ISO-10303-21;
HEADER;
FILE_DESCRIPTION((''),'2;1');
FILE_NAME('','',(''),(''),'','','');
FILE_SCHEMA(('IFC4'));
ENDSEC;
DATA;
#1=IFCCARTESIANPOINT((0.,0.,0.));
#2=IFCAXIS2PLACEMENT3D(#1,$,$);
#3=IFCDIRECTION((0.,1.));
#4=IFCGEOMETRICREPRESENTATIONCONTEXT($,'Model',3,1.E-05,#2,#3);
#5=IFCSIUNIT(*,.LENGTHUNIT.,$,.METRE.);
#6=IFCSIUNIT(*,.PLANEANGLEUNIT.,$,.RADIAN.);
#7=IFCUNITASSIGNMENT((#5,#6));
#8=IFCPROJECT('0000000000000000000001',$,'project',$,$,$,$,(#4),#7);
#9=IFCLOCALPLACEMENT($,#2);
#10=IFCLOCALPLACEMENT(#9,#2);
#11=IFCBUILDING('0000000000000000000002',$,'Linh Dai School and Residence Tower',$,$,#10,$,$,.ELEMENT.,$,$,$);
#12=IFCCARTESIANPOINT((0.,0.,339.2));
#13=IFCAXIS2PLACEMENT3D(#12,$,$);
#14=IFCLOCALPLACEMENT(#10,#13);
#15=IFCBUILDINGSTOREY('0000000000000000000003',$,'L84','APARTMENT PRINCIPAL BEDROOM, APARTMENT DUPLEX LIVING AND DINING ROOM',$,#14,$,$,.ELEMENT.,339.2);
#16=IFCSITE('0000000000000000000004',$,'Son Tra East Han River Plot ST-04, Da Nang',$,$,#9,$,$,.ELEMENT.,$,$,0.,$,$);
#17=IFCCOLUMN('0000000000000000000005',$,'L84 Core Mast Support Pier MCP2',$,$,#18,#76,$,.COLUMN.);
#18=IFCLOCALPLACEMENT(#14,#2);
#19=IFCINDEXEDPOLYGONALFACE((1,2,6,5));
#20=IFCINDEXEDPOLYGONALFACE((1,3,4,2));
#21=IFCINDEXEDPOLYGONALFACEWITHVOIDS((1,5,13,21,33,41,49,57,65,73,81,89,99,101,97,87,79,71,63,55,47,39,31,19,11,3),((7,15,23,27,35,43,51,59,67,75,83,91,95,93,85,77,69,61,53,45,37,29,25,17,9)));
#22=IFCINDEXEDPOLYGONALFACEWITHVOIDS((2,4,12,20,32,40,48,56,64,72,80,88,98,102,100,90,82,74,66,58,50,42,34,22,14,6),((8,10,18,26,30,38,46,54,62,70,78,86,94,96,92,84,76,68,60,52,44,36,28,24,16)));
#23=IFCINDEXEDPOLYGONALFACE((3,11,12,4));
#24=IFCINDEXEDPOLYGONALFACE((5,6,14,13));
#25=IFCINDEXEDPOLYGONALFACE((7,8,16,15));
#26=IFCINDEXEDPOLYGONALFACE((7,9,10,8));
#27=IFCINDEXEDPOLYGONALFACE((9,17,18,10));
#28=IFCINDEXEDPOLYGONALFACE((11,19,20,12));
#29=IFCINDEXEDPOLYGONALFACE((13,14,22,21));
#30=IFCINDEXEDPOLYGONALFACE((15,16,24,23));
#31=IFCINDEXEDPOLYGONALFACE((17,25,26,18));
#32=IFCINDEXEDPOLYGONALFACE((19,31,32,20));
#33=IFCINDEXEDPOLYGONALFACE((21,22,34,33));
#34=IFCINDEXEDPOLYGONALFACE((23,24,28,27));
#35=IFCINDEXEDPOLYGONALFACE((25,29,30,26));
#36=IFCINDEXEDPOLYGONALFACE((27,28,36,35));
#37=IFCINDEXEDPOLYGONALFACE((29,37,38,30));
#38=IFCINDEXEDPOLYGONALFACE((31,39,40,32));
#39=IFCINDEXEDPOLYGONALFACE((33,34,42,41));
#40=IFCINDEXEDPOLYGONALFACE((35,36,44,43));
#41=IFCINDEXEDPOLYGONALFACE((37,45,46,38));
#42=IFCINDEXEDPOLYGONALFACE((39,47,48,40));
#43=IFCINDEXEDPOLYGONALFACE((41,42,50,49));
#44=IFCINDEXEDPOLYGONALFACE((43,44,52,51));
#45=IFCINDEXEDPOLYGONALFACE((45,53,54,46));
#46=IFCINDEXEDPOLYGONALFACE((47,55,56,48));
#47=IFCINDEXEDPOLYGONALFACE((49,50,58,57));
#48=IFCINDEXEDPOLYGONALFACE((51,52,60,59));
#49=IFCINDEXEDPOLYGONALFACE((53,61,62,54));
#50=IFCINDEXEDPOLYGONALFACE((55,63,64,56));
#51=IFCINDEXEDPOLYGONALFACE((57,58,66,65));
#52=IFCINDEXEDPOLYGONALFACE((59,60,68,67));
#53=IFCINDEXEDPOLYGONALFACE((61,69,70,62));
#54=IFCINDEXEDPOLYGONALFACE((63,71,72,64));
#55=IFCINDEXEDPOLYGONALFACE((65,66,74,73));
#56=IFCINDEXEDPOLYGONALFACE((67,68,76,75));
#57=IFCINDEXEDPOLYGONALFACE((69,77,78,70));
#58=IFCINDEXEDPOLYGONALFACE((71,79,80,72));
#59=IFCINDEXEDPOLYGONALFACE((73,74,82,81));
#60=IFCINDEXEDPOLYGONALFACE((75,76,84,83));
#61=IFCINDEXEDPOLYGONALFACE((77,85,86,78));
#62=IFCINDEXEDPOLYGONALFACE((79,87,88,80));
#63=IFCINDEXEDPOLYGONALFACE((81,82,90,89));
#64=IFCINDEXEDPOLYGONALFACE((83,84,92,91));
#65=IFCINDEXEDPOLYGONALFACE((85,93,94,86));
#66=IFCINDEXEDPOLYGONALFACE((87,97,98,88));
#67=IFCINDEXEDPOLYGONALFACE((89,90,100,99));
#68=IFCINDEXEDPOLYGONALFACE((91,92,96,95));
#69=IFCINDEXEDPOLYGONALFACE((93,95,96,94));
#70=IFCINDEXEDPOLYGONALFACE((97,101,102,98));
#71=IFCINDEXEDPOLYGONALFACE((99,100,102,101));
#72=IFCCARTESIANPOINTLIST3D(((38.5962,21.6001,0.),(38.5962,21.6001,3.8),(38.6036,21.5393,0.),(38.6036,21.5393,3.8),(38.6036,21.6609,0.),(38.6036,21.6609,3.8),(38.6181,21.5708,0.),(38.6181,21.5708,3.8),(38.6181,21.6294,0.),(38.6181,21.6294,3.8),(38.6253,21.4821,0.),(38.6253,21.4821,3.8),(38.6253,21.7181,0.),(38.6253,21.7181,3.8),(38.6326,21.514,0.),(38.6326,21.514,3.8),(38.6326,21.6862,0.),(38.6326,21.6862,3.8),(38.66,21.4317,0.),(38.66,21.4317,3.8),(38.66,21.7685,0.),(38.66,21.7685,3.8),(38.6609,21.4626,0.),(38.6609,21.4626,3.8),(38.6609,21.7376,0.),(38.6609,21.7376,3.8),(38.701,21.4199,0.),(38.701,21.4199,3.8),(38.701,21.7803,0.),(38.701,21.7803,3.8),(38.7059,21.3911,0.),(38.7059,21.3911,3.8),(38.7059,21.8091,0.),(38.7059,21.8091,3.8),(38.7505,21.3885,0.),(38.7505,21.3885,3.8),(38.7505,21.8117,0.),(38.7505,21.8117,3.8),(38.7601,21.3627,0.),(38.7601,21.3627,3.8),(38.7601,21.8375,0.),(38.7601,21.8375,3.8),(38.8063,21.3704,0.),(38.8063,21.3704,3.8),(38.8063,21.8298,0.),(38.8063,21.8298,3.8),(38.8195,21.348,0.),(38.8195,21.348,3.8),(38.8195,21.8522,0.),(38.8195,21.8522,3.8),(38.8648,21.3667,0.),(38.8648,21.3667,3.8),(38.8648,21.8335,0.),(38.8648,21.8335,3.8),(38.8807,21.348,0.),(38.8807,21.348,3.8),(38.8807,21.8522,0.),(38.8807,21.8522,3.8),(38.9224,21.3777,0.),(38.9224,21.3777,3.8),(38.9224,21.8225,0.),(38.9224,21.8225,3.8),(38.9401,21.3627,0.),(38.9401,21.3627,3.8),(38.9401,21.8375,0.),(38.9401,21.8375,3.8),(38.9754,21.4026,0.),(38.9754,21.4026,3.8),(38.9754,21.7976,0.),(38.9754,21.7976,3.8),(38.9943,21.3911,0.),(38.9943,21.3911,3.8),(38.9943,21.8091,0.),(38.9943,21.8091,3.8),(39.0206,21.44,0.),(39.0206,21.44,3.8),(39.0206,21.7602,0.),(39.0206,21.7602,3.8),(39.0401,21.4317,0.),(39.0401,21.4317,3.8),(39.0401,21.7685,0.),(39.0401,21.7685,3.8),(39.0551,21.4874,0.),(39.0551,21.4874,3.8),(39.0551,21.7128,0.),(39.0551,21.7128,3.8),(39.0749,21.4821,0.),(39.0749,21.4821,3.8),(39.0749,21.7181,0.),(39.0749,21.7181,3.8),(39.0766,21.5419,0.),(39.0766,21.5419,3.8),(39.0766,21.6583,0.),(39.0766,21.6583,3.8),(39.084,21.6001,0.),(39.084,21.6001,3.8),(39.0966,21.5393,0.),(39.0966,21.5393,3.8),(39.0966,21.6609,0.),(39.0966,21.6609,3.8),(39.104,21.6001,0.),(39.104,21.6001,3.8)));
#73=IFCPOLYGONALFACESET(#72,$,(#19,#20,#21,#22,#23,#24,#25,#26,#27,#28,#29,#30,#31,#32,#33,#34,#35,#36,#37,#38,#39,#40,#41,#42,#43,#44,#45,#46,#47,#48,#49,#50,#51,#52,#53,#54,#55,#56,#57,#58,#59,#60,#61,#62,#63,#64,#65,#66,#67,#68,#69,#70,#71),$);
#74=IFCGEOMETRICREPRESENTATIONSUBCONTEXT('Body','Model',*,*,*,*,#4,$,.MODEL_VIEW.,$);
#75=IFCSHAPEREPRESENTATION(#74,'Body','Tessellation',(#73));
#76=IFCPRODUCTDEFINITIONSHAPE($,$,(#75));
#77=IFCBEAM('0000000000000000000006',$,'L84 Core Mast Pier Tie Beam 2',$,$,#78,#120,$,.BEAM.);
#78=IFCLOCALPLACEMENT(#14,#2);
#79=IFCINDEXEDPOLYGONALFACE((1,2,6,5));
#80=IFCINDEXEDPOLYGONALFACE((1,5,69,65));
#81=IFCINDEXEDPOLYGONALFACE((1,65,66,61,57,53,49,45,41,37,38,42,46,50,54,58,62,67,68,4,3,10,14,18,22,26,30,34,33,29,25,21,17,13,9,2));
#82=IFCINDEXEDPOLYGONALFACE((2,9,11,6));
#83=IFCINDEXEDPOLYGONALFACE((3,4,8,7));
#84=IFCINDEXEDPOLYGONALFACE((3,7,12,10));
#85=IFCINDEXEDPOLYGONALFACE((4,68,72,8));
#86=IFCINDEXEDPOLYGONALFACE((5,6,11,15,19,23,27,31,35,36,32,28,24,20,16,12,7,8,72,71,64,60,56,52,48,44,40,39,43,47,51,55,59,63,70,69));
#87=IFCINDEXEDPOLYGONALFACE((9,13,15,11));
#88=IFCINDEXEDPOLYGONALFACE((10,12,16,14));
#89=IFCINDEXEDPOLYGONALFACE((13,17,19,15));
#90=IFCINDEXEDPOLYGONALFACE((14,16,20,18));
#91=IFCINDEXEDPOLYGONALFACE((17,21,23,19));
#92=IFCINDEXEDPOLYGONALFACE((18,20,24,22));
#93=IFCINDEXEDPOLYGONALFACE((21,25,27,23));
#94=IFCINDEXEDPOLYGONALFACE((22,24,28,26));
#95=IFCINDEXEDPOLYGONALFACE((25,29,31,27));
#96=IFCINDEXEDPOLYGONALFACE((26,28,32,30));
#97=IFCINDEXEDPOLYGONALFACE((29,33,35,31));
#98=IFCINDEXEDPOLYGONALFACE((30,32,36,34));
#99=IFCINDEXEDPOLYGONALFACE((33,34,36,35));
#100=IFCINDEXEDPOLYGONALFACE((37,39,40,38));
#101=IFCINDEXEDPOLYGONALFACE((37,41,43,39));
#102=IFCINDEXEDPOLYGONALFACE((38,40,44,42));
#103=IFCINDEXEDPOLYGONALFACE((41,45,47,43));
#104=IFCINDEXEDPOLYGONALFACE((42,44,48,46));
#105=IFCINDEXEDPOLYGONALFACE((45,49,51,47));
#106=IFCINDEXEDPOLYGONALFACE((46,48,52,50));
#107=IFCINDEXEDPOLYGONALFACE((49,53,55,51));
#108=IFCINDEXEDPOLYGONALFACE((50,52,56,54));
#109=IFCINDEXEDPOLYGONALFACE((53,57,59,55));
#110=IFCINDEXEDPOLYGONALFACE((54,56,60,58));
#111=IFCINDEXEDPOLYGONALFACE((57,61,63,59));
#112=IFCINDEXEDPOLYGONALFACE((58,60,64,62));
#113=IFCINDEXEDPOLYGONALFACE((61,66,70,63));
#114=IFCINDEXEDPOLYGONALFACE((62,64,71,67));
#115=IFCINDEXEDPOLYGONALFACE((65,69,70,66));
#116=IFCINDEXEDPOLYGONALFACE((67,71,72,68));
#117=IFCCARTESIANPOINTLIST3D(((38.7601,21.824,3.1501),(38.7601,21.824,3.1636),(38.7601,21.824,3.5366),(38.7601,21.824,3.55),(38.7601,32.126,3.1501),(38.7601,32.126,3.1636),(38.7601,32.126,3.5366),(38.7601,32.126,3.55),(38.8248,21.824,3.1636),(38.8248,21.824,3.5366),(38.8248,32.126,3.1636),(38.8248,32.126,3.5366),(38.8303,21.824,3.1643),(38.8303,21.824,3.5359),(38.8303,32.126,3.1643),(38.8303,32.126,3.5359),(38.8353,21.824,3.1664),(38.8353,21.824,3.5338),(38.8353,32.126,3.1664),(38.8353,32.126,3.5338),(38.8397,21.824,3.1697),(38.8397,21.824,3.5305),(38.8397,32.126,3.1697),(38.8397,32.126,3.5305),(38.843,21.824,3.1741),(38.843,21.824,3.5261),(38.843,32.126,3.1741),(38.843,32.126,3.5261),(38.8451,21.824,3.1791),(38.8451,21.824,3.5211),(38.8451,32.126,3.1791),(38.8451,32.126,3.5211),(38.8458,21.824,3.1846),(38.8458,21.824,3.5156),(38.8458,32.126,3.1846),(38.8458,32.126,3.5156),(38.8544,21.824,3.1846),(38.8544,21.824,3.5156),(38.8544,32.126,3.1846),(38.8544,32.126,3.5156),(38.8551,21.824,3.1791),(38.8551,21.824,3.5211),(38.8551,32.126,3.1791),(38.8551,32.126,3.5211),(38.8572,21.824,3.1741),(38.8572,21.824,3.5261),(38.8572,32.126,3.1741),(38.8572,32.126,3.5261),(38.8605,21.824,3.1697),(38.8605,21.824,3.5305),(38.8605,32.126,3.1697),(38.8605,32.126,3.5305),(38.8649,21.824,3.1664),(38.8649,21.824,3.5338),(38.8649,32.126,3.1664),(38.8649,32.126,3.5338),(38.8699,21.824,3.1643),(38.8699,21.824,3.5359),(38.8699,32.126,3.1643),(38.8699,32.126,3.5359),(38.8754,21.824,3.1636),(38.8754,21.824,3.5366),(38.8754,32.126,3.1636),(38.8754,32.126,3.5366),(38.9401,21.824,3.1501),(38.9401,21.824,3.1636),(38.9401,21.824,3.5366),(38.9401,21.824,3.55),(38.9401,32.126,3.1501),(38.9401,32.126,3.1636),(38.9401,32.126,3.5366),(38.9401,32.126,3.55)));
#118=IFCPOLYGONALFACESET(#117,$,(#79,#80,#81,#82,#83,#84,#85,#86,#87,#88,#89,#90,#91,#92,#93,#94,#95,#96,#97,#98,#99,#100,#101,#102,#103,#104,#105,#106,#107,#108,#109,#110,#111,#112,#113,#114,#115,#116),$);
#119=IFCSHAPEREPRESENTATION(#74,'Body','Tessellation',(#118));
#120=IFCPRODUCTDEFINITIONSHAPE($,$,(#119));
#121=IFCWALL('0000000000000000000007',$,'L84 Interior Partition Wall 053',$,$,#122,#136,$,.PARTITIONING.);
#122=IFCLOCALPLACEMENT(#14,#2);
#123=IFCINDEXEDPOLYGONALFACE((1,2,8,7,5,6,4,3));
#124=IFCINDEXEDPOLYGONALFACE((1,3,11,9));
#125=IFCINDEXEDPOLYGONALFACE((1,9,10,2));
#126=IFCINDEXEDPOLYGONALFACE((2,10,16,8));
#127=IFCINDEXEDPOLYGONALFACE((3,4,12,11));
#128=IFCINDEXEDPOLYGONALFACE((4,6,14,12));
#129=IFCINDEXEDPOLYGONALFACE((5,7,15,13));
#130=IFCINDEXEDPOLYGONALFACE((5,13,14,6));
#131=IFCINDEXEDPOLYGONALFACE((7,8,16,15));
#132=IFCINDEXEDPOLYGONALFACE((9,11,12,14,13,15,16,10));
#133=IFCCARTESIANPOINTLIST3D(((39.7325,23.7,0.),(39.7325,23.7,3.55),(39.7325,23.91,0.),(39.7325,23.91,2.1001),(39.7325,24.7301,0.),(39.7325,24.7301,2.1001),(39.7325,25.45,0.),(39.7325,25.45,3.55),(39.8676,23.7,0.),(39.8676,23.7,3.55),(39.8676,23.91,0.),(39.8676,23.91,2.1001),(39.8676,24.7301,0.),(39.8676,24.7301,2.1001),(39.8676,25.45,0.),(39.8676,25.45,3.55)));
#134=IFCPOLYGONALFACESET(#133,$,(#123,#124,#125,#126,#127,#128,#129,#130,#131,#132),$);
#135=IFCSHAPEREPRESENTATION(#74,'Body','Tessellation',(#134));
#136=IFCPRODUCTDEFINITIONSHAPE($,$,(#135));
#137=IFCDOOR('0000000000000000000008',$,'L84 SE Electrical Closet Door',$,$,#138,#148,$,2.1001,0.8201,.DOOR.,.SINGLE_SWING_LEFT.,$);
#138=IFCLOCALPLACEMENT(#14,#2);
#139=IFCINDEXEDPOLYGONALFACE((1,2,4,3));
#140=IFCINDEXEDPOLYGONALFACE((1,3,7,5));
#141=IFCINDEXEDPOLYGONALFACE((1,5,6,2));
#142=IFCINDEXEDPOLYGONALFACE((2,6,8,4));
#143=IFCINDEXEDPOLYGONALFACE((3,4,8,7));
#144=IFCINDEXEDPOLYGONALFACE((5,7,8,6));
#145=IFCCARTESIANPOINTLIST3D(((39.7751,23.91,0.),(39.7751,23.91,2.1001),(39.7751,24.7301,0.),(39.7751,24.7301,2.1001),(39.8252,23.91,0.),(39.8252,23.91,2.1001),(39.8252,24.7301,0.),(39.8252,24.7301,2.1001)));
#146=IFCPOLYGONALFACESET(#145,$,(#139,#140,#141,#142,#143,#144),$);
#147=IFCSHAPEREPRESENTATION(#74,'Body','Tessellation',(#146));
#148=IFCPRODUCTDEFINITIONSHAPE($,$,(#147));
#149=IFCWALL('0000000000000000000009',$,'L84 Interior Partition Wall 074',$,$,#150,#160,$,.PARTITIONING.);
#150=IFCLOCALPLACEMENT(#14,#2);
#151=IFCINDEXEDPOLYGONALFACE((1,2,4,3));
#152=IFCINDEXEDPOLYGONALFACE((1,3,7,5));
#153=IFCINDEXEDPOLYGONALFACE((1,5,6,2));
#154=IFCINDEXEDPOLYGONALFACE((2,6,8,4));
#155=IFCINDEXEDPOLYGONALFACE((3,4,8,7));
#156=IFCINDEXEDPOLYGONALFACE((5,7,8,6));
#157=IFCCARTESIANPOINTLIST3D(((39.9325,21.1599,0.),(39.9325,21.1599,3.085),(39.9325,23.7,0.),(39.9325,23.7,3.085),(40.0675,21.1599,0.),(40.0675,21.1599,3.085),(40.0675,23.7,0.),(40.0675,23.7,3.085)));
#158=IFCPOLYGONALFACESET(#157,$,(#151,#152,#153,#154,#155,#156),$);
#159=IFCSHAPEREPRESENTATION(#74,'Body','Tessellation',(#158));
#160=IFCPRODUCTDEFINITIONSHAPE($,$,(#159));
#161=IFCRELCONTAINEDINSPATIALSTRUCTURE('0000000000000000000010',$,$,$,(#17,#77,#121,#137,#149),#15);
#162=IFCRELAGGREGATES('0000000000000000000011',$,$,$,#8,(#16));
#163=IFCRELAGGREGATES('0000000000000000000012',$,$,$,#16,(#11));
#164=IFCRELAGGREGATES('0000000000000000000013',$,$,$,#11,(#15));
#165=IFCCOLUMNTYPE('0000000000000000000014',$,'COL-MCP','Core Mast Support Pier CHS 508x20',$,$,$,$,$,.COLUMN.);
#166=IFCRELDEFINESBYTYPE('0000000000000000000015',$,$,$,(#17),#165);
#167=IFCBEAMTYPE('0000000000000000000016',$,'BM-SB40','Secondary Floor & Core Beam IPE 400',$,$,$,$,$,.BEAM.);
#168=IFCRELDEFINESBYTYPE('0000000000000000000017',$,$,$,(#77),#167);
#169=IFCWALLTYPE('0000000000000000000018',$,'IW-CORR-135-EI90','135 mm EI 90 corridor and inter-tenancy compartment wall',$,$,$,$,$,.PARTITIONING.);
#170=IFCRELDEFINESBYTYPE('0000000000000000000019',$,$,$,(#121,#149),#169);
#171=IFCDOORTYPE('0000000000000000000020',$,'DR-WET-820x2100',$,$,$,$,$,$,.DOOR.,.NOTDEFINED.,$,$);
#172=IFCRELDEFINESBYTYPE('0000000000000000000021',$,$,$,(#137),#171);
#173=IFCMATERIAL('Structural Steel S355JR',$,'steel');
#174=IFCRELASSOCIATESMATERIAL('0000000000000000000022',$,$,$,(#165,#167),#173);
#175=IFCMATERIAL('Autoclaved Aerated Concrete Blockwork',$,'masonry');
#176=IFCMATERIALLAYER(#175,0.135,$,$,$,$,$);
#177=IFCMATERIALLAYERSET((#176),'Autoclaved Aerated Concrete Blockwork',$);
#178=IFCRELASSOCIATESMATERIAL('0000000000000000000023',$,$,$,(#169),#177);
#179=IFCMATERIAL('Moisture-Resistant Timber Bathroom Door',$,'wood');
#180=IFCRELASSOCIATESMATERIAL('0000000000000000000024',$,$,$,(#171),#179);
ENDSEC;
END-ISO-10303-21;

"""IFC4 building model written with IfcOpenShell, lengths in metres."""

from ifc_helpers import new_model, si_unit, direction, frame, frame_2d, origin, origin_2d, place, context, subcontext, project, spatial, rectangle, hollow_circle, i_section, extrude, source, transform, mapped, material, layer, layer_set, material_profile, profile_set, type_object, element, fill, save


model = new_model("IFC4")

# Units and contexts
model_context = context("Model", 3, precision=1e-05, world=origin(), true_north=direction((0.0, 1.0)))
body_context = subcontext(model_context, "Body", "Model", "MODEL_VIEW")
ifc_project = project(units=[si_unit("LENGTHUNIT", "METRE"), si_unit("PLANEANGLEUNIT", "RADIAN")], contexts=[model_context])

# Site, building, storey
site_placement = place(None, origin())
site = spatial("IfcSite", under=ifc_project, at=site_placement, Name="Son Tra East Han River Plot ST-04, Da Nang", CompositionType="ELEMENT", RefElevation=0.0)
building_placement = place(site_placement, origin())
building = spatial("IfcBuilding", under=site, at=building_placement, Name="Linh Dai School and Residence Tower", CompositionType="ELEMENT")
storey_placement = place(building_placement, frame((0.0, 0.0, 339.2)))
storey = spatial("IfcBuildingStorey", under=building, at=storey_placement, Name="L84", Description="APARTMENT PRINCIPAL BEDROOM, APARTMENT DUPLEX LIVING AND DINING ROOM", CompositionType="ELEMENT", Elevation=339.2)

# Column
ifc_material_1 = material(Name="Structural Steel S355JR", Category="steel")
ifc_material_profile_1 = material_profile(ifc_material_1, hollow_circle(Radius=0.2539, WallThickness=0.02, at=origin_2d()), Name="CHS 508x20")
ifc_profile_set_1 = profile_set([ifc_material_profile_1], Name="Structural Steel S355JR")
column_type_1 = type_object("IfcColumnType", Name="COL-MCP", Description="Core Mast Support Pier CHS 508x20", PredefinedType="COLUMN", material=ifc_profile_set_1)
column_placement = place(storey_placement, frame((38.8501, 21.6001, 0.0), z_axis=(0.0, 0.0, 1.0), x_axis=(1.0, 0.0, 0.0)))
element("IfcColumn", 1, at=column_placement, inside=storey, type_object=column_type_1, Name="L84 Core Mast Support Pier MCP2", PredefinedType="COLUMN", context=body_context, shape_type="SweptSolid", body=[
    extrude(hollow_circle(Radius=0.2539, WallThickness=0.02, at=origin_2d()), origin(), (0.0, 0.0, 1.0), 3.8),
])

# Beam
ifc_material_profile_2 = material_profile(ifc_material_1, i_section(OverallWidth=0.1799, OverallDepth=0.3999, WebThickness=0.0085, FlangeThickness=0.0134, FilletRadius=0.021, at=origin_2d()), Name="IPE 400")
ifc_profile_set_2 = profile_set([ifc_material_profile_2], Name="Structural Steel S355JR")
beam_type = type_object("IfcBeamType", Name="BM-SB40", Description="Secondary Floor & Core Beam IPE 400", PredefinedType="BEAM", material=ifc_profile_set_2)
beam_placement = place(storey_placement, frame((38.8501, 21.824, 3.3501), z_axis=(0.0, 1.0, 0.0), x_axis=(-1.0, 0.0, 0.0)))
element("IfcBeam", 2, at=beam_placement, inside=storey, type_object=beam_type, Name="L84 Core Mast Pier Tie Beam 2", PredefinedType="BEAM", context=body_context, shape_type="SweptSolid", body=[
    extrude(i_section(OverallWidth=0.1799, OverallDepth=0.3999, WebThickness=0.0085, FlangeThickness=0.0134, FilletRadius=0.021, at=origin_2d()), origin(), (0.0, 0.0, 1.0), 10.302),
])

# Wall, opening, door
ifc_material_2 = material(Name="Autoclaved Aerated Concrete Blockwork", Category="masonry")
ifc_layer_1 = layer(ifc_material_2, 0.135)
ifc_layer_set_1 = layer_set([ifc_layer_1], Name="Autoclaved Aerated Concrete Blockwork")
wall_type_1 = type_object("IfcWallType", Name="IW-CORR-135-EI90", Description="135 mm EI 90 corridor and inter-tenancy compartment wall", PredefinedType="PARTITIONING", material=ifc_layer_set_1)
wall_1_placement = place(storey_placement, frame((39.8, 23.7, 0.0), z_axis=(0.0, 0.0, 1.0), x_axis=(0.0, 1.0, 0.0)))
wall_1 = element("IfcWall", 3, at=wall_1_placement, inside=storey, type_object=wall_type_1, Name="L84 Interior Partition Wall 053", PredefinedType="PARTITIONING", context=body_context, shape_type="SweptSolid", body=[
    extrude(rectangle(XDim=1.75, YDim=0.135, at=frame_2d((0.875, 0.0))), origin(), (0.0, 0.0, 1.0), 3.55),
])
opening_1_placement = place(wall_1_placement, frame((0.21, 0.0, 0.0)))
opening_1 = element("IfcOpeningElement", 4, at=opening_1_placement, cuts=wall_1, PredefinedType="OPENING", context=body_context, shape_type="SweptSolid", body=[
    extrude(rectangle(XDim=0.8201, YDim=2.1001, at=origin_2d()), frame((0.4102, 0.0776, 1.05), z_axis=(0.0, -1.0, 0.0), x_axis=(1.0, 0.0, 0.0)), (0.0, 0.0, 1.0), 0.155),
])
ifc_material_3 = material(Name="Moisture-Resistant Timber Bathroom Door", Category="wood")
door_type_1 = type_object("IfcDoorType", Name="DR-WET-820x2100", OperationType="NOTDEFINED", PredefinedType="DOOR", material=ifc_material_3)
shared_shape_1 = source(origin(), body_context, "Body", "SweptSolid", [
    extrude(rectangle(XDim=0.8201, YDim=2.1001, at=origin_2d()), frame((0.4102, 0.0249, 1.05), z_axis=(0.0, -1.0, 0.0), x_axis=(1.0, 0.0, 0.0)), (0.0, 0.0, 1.0), 0.05),
])
door_1_placement = place(opening_1_placement, origin())
door_1 = element("IfcDoor", 5, at=door_1_placement, inside=storey, type_object=door_type_1, Name="L84 SE Electrical Closet Door", OperationType="SINGLE_SWING_LEFT", OverallHeight=2.1001, OverallWidth=0.8201, PredefinedType="DOOR", context=body_context, shape_type="MappedRepresentation", body=[
    mapped(shared_shape_1, transform((0.0, 0.0, 0.0), x_axis=(1.0, 0.0, 0.0), y_axis=(0.0, 1.0, 0.0), z_axis=(0.0, 0.0, 1.0), scale=1.0)),
])
fill(opening_1, door_1)

# Wall
wall_2_placement = place(storey_placement, frame((40.0, 23.7, 0.0), z_axis=(0.0, 0.0, 1.0), x_axis=(0.0, -1.0, 0.0)))
element("IfcWall", 6, at=wall_2_placement, inside=storey, type_object=wall_type_1, Name="L84 Interior Partition Wall 074", PredefinedType="PARTITIONING", context=body_context, shape_type="SweptSolid", body=[
    extrude(rectangle(XDim=2.54, YDim=0.135, at=frame_2d((1.27, 0.0))), origin(), (0.0, 0.0, 1.0), 3.085),
])

save(model, "model.ifc")
